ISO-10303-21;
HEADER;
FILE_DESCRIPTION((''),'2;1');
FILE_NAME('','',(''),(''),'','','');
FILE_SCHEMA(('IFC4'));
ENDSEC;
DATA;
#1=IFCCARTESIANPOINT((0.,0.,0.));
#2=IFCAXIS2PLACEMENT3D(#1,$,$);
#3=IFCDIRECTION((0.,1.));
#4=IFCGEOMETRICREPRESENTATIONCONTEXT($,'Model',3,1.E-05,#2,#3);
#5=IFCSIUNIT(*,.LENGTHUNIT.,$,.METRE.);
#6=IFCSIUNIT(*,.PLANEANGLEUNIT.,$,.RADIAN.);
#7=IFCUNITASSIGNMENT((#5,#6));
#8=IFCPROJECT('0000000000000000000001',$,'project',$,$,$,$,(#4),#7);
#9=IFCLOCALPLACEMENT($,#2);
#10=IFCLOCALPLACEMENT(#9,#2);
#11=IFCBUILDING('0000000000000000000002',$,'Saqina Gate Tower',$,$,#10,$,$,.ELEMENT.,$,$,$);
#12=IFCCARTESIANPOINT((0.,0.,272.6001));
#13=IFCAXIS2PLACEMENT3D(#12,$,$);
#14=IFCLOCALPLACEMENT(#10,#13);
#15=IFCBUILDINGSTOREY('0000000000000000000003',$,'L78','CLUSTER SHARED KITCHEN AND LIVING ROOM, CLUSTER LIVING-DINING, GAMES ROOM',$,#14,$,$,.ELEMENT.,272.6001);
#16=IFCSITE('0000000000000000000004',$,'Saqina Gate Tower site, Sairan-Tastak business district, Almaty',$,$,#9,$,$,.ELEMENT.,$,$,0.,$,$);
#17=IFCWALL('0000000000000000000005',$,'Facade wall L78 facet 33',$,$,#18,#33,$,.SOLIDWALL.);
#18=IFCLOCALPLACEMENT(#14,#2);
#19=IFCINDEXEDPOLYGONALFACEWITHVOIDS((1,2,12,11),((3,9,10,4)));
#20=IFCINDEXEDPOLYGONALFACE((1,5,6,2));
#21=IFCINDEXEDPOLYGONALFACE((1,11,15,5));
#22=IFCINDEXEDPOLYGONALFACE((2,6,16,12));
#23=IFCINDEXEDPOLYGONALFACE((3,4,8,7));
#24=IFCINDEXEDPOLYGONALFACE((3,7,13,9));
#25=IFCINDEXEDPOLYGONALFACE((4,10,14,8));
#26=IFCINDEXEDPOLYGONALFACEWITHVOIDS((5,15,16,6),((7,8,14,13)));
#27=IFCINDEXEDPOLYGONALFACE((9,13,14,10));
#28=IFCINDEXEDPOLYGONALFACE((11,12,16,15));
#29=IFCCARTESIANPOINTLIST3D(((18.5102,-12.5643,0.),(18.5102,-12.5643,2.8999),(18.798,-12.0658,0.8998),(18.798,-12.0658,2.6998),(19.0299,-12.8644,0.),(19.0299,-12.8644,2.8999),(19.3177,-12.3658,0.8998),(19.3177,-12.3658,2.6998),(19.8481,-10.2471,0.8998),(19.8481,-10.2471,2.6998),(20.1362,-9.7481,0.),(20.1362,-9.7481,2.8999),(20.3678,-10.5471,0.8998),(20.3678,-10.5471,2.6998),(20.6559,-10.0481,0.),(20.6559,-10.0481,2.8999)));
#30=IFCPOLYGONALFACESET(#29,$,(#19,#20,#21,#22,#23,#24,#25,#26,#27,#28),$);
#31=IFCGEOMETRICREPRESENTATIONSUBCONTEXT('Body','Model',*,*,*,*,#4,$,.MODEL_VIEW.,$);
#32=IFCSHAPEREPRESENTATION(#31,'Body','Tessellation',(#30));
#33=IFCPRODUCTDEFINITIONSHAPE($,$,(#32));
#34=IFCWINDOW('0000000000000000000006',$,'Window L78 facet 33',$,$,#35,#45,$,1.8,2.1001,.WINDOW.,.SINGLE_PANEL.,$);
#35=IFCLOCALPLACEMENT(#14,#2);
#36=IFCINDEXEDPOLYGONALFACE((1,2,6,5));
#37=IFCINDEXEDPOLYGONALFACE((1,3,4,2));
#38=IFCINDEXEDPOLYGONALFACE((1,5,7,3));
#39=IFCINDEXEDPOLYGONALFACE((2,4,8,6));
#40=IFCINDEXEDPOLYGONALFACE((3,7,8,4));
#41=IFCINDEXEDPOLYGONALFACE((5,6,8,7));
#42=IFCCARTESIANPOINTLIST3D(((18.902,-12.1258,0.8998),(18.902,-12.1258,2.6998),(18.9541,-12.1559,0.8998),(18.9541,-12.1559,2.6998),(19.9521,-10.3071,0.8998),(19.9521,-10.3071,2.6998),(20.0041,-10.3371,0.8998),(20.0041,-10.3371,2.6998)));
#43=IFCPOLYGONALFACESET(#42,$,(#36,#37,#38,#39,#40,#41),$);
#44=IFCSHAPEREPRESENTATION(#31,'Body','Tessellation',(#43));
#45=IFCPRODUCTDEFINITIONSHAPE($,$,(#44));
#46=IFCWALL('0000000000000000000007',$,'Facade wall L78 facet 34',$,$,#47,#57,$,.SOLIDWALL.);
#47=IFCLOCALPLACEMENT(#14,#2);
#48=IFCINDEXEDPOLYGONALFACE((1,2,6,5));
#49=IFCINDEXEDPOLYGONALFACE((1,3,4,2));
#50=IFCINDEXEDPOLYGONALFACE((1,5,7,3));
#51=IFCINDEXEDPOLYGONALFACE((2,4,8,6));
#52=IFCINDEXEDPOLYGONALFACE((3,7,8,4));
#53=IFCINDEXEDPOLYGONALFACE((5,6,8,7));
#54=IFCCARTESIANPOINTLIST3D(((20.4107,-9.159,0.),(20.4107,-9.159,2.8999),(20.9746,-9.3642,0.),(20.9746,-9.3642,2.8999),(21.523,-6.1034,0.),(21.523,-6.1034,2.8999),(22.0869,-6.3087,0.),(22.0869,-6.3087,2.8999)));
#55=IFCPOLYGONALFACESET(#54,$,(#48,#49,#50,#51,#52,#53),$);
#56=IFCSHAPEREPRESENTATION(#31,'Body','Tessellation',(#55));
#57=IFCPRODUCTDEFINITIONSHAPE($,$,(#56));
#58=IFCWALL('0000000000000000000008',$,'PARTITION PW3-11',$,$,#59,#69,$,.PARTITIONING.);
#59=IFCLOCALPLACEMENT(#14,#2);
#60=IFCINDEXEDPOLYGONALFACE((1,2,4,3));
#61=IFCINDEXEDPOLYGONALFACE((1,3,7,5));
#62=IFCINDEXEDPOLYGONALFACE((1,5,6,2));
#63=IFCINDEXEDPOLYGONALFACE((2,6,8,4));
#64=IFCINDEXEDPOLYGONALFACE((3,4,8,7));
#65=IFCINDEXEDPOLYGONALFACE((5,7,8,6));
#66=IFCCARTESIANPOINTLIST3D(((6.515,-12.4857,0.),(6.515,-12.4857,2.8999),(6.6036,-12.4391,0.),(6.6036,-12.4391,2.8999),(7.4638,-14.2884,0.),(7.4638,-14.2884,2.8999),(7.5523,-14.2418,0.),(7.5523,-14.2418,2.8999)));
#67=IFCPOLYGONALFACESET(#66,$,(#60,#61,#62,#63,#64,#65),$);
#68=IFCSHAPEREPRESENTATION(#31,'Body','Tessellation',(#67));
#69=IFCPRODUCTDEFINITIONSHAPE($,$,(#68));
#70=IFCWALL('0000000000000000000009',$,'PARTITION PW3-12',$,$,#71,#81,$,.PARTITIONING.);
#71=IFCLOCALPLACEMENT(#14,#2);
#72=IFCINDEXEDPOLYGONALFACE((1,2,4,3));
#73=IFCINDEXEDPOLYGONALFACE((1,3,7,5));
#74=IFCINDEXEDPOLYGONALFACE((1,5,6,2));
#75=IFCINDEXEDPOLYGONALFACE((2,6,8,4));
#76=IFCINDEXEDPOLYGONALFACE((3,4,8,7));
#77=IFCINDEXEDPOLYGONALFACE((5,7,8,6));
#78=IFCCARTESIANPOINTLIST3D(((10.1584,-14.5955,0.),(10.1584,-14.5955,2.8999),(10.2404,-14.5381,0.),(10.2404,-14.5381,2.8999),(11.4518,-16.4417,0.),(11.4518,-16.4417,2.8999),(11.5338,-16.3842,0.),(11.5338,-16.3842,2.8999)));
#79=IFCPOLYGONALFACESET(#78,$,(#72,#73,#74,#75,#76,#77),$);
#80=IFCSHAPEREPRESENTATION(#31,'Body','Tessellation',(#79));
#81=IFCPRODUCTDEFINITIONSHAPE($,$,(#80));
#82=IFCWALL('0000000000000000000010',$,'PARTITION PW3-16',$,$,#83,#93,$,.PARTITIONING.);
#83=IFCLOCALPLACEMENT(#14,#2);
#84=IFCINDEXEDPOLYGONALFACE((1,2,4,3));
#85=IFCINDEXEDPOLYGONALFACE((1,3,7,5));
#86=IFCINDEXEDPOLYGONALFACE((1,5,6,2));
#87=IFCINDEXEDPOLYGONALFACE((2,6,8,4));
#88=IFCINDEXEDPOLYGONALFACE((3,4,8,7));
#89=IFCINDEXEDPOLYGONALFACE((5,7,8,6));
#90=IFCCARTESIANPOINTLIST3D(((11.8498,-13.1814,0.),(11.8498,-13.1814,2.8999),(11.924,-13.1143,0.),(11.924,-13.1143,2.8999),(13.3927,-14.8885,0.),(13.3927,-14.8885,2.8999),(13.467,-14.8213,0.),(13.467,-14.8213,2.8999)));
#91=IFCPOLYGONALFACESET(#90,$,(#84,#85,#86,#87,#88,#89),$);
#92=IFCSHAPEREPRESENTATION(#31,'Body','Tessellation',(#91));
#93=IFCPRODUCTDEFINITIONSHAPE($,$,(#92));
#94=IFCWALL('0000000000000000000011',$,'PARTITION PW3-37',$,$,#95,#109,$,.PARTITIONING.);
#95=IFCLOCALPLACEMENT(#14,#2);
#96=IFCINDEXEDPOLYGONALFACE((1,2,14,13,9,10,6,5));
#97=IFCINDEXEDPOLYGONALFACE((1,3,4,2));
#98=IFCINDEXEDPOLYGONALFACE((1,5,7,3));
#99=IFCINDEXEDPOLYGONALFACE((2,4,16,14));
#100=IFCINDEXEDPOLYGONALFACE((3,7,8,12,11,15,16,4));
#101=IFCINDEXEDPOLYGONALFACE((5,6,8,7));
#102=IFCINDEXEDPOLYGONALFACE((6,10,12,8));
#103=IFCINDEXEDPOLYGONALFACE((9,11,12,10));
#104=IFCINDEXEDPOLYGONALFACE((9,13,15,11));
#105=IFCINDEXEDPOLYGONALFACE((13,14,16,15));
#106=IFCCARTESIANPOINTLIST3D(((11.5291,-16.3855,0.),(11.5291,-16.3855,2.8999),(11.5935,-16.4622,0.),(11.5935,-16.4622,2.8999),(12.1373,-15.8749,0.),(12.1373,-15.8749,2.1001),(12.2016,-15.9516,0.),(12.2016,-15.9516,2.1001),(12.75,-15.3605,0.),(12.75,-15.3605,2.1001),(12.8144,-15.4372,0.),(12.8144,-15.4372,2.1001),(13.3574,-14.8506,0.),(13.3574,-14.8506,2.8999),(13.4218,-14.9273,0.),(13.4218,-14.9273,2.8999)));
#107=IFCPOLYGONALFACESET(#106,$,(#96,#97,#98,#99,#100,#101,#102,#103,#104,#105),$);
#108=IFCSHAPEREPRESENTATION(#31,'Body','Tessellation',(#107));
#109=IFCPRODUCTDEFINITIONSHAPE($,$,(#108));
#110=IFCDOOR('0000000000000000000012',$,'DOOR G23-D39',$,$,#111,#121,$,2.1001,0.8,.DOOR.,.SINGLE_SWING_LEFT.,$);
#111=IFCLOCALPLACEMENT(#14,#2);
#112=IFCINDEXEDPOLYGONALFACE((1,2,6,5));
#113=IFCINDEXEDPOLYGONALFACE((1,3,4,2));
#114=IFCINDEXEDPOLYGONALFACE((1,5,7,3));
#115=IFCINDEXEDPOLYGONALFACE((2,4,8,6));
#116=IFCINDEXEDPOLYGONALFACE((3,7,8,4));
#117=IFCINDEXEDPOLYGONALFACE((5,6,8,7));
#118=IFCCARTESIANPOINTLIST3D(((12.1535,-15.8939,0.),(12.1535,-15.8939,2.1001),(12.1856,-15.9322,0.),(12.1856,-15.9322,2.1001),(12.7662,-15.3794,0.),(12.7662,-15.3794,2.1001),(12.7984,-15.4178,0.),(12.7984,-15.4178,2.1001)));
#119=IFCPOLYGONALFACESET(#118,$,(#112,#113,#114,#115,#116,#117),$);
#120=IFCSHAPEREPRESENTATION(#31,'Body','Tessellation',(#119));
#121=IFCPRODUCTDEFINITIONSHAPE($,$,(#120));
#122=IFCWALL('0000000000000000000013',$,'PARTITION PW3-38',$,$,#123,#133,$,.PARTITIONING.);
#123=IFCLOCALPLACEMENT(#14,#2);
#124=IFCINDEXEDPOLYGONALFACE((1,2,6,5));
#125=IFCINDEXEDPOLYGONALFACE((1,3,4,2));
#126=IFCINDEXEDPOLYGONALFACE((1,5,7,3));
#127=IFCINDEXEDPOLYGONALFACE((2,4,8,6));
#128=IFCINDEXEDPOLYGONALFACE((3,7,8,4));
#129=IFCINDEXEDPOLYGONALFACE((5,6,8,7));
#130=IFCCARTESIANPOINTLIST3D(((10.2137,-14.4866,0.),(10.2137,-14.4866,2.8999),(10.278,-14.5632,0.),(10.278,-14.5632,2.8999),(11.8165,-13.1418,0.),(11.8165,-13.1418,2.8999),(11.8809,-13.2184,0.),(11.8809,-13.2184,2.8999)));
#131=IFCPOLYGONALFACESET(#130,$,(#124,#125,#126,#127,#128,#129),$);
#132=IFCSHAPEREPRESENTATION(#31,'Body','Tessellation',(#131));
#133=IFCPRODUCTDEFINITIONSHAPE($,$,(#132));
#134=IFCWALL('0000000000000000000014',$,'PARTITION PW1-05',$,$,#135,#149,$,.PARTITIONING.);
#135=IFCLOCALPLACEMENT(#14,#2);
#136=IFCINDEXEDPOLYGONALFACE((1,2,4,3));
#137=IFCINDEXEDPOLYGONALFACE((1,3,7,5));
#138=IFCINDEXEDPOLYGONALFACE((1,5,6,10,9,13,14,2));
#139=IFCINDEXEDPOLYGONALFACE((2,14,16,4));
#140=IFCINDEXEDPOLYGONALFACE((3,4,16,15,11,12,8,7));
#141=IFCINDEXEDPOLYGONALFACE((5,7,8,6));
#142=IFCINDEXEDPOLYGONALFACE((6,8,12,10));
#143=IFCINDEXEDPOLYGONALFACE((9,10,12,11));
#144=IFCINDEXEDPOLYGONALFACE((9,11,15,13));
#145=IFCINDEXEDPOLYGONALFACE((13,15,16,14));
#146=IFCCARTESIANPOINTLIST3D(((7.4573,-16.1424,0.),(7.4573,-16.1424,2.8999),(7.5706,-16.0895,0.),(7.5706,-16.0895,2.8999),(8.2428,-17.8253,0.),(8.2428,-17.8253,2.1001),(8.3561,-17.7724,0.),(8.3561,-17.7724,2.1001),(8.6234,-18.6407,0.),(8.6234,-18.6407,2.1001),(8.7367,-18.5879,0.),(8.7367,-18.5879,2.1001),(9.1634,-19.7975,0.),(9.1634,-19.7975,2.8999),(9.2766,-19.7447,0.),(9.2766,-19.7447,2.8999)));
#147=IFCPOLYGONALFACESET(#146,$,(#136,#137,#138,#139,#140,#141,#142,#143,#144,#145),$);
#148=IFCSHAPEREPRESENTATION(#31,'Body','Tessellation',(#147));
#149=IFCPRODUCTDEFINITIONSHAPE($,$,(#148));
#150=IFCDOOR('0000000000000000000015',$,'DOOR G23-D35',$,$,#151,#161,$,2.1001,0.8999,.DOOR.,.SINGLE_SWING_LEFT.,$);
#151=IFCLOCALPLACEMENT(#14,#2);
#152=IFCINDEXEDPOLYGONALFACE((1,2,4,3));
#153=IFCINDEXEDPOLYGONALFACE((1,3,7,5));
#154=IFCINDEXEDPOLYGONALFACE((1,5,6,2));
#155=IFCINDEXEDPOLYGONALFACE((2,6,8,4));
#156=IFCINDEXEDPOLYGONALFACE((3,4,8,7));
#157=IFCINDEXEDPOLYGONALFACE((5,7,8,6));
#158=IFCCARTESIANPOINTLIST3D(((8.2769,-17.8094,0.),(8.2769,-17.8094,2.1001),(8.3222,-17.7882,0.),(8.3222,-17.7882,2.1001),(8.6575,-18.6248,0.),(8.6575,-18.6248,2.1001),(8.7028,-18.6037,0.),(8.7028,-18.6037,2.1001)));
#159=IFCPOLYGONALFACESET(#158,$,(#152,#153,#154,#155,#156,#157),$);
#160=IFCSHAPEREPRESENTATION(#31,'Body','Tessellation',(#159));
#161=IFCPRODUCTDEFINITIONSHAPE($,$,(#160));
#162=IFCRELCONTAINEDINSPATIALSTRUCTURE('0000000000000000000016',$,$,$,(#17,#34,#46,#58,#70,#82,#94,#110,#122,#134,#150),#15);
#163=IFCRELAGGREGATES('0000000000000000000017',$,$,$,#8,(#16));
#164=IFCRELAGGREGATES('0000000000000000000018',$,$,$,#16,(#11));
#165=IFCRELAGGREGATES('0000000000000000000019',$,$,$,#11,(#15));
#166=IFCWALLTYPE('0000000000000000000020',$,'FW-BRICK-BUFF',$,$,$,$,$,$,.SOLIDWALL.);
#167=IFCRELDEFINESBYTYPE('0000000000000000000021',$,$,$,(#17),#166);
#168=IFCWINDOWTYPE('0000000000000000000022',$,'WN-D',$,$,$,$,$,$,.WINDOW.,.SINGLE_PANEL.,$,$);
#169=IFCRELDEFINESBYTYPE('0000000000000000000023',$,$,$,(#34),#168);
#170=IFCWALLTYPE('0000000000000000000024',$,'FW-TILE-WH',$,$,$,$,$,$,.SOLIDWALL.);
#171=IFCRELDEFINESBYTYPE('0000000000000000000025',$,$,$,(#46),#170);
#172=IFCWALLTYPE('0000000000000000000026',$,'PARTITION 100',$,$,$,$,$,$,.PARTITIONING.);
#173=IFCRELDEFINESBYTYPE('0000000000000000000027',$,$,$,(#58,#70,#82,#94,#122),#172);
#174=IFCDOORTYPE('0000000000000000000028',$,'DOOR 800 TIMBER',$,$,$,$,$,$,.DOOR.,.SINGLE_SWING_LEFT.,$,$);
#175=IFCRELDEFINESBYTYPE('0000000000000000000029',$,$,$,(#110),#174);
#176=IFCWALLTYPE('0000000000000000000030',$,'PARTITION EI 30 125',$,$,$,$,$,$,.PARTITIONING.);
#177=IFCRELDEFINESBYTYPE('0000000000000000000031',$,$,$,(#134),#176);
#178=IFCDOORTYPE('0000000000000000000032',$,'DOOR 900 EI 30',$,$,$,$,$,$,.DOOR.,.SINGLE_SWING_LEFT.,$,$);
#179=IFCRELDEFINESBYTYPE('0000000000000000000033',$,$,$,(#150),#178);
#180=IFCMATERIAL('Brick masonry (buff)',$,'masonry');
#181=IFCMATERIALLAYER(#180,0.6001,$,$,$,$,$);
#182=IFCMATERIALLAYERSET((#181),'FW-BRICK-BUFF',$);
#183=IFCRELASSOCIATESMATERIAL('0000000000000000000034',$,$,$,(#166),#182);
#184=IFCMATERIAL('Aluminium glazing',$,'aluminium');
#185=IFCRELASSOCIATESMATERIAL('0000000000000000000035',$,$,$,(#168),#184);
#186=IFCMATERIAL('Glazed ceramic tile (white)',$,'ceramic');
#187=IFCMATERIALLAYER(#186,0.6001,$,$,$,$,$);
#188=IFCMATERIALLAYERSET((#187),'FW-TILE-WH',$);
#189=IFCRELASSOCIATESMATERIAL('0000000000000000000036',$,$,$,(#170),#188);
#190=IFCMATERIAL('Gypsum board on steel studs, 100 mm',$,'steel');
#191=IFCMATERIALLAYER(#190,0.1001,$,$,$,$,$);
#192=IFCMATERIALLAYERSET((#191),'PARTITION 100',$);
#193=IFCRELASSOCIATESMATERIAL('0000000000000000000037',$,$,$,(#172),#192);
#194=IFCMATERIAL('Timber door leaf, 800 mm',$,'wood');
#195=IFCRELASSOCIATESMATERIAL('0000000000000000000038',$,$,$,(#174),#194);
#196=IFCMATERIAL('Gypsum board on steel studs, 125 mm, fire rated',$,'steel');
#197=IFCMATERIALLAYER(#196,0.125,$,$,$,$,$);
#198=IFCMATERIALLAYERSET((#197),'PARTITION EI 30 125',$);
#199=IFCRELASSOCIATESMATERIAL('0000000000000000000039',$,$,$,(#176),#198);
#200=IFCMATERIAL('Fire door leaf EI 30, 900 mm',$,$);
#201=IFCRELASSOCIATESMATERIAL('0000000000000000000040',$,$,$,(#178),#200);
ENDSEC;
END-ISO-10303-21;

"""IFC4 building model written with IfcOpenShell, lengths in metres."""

from ifc_helpers import new_model, si_unit, direction, frame, frame_2d, origin, place, context, subcontext, project, spatial, rectangle, extrude, material, layer, layer_set, type_object, element, fill, save


model = new_model("IFC4")

# Units and contexts
model_context = context("Model", 3, precision=1e-05, world=origin(), true_north=direction((0.0, 1.0)))
body_context = subcontext(model_context, "Body", "Model", "MODEL_VIEW")
ifc_project = project(units=[si_unit("LENGTHUNIT", "METRE"), si_unit("PLANEANGLEUNIT", "RADIAN")], contexts=[model_context])

# Site, building, storey
site_placement = place(None, origin())
site = spatial("IfcSite", under=ifc_project, at=site_placement, Name="Saqina Gate Tower site, Sairan-Tastak business district, Almaty", CompositionType="ELEMENT", RefElevation=0.0)
building_placement = place(site_placement, origin())
building = spatial("IfcBuilding", under=site, at=building_placement, Name="Saqina Gate Tower", CompositionType="ELEMENT")
storey_placement = place(building_placement, frame((0.0, 0.0, 272.6001)))
storey = spatial("IfcBuildingStorey", under=building, at=storey_placement, Name="L78", Description="CLUSTER SHARED KITCHEN AND LIVING ROOM, CLUSTER LIVING-DINING, GAMES ROOM", CompositionType="ELEMENT", Elevation=272.6001)

# Wall, opening, window
ifc_material_1 = material(Name="Brick masonry (buff)", Category="masonry")
ifc_layer_1 = layer(ifc_material_1, 0.6001)
ifc_layer_set_1 = layer_set([ifc_layer_1], Name="FW-BRICK-BUFF")
wall_type_1 = type_object("IfcWallType", Name="FW-BRICK-BUFF", PredefinedType="SOLIDWALL", material=ifc_layer_set_1)
ifc_material_2 = material(Name="Aluminium glazing", Category="aluminium")
window_type = type_object("IfcWindowType", Name="WN-D", PartitioningType="SINGLE_PANEL", PredefinedType="WINDOW", material=ifc_material_2)
wall_1_placement = place(storey_placement, frame((18.77, -12.7144, 0.0), z_axis=(0.0, 0.0, 1.0), x_axis=(0.500015, 0.866017, 0.0)))
wall_1 = element("IfcWall", 1, at=wall_1_placement, inside=storey, type_object=wall_type_1, Name="Facade wall L78 facet 33", PredefinedType="SOLIDWALL", context=body_context, shape_type="SweptSolid", body=[
    extrude(rectangle(XDim=3.252, YDim=0.6001, at=frame_2d((1.626, 0.0))), origin(), (0.0, 0.0, 1.0), 2.8999),
])
opening_1_placement = place(wall_1_placement, frame((0.5757, 0.0, 0.8999)))
opening_1 = element("IfcOpeningElement", 2, at=opening_1_placement, cuts=wall_1, PredefinedType="OPENING", context=body_context, shape_type="SweptSolid", body=[
    extrude(rectangle(XDim=2.1001, YDim=1.8, at=frame_2d((1.05, 0.8999))), frame((0.0, 0.312, 0.0), z_axis=(0.0, -1.0, 0.0), x_axis=(1.0, 0.0, 0.0)), (0.0, 0.0, 1.0), 0.624),
])
window_1_placement = place(opening_1_placement, origin())
window_1 = element("IfcWindow", 3, at=window_1_placement, inside=storey, type_object=window_type, Name="Window L78 facet 33", OverallHeight=1.8, OverallWidth=2.1001, PartitioningType="SINGLE_PANEL", PredefinedType="WINDOW", context=body_context, shape_type="SweptSolid", body=[
    extrude(rectangle(XDim=2.1001, YDim=1.8, at=frame_2d((1.05, 0.8999))), frame((0.0, 0.1799, 0.0), z_axis=(0.0, -1.0, 0.0), x_axis=(1.0, 0.0, 0.0)), (0.0, 0.0, 1.0), 0.0601),
])
fill(opening_1, window_1)

# Walls
ifc_material_3 = material(Name="Glazed ceramic tile (white)", Category="ceramic")
ifc_layer_2 = layer(ifc_material_3, 0.6001)
ifc_layer_set_2 = layer_set([ifc_layer_2], Name="FW-TILE-WH")
wall_type_2 = type_object("IfcWallType", Name="FW-TILE-WH", PredefinedType="SOLIDWALL", material=ifc_layer_set_2)
wall_2_placement = place(storey_placement, frame((20.6926, -9.2617, 0.0), z_axis=(0.0, 0.0, 1.0), x_axis=(0.342057, 0.939679, 0.0)))
element("IfcWall", 4, at=wall_2_placement, inside=storey, type_object=wall_type_2, Name="Facade wall L78 facet 34", PredefinedType="SOLIDWALL", context=body_context, shape_type="SweptSolid", body=[
    extrude(rectangle(XDim=3.2517, YDim=0.6001, at=frame_2d((1.626, 0.0))), origin(), (0.0, 0.0, 1.0), 2.8999),
])
ifc_material_4 = material(Name="Gypsum board on steel studs, 100 mm", Category="steel")
ifc_layer_3 = layer(ifc_material_4, 0.1001)
ifc_layer_set_3 = layer_set([ifc_layer_3], Name="PARTITION 100")
wall_type_3 = type_object("IfcWallType", Name="PARTITION 100", PredefinedType="PARTITIONING", material=ifc_layer_set_3)
wall_3_placement = place(storey_placement, frame((6.5593, -12.4624, 0.0), z_axis=(0.0, 0.0, 1.0), x_axis=(0.465717, -0.884934, 0.0)))
element("IfcWall", 5, at=wall_3_placement, inside=storey, type_object=wall_type_3, Name="PARTITION PW3-11", PredefinedType="PARTITIONING", context=body_context, shape_type="SweptSolid", body=[
    extrude(rectangle(XDim=2.0371, YDim=0.1001, at=frame_2d((1.0186, 0.0))), origin(), (0.0, 0.0, 1.0), 2.8999),
])
wall_4_placement = place(storey_placement, frame((10.1995, -14.5669, 0.0), z_axis=(0.0, 0.0, 1.0), x_axis=(0.573797, -0.818998, 0.0)))
element("IfcWall", 6, at=wall_4_placement, inside=storey, type_object=wall_type_3, Name="PARTITION PW3-12", PredefinedType="PARTITIONING", context=body_context, shape_type="SweptSolid", body=[
    extrude(rectangle(XDim=2.2542, YDim=0.1001, at=frame_2d((1.127, 0.0))), origin(), (0.0, 0.0, 1.0), 2.8999),
])
wall_5_placement = place(storey_placement, frame((11.887, -13.1479, 0.0), z_axis=(0.0, 0.0, 1.0), x_axis=(0.670558, -0.741857, 0.0)))
element("IfcWall", 7, at=wall_5_placement, inside=storey, type_object=wall_type_3, Name="PARTITION PW3-16", PredefinedType="PARTITIONING", context=body_context, shape_type="SweptSolid", body=[
    extrude(rectangle(XDim=2.301, YDim=0.1001, at=frame_2d((1.1504, 0.0))), origin(), (0.0, 0.0, 1.0), 2.8999),
])

# Wall, opening, door
wall_6_placement = place(storey_placement, frame((11.5613, -16.4238, 0.0), z_axis=(0.0, 0.0, 1.0), x_axis=(0.765894, 0.642967, 0.0)))
wall_6 = element("IfcWall", 8, at=wall_6_placement, inside=storey, type_object=wall_type_3, Name="PARTITION PW3-37", PredefinedType="PARTITIONING", context=body_context, shape_type="SweptSolid", body=[
    extrude(rectangle(XDim=2.3872, YDim=0.1001, at=frame_2d((1.1936, 0.0))), origin(), (0.0, 0.0, 1.0), 2.8999),
])
opening_2_placement = place(wall_6_placement, frame((0.7942, 0.0, 0.0)))
opening_2 = element("IfcOpeningElement", 9, at=opening_2_placement, cuts=wall_6, PredefinedType="OPENING", context=body_context, shape_type="SweptSolid", body=[
    extrude(rectangle(XDim=0.8, YDim=2.1001, at=frame_2d((0.3999, 1.05))), frame((0.0, 0.062, 0.0), z_axis=(0.0, -1.0, 0.0), x_axis=(1.0, 0.0, 0.0)), (0.0, 0.0, 1.0), 0.124),
])
ifc_material_5 = material(Name="Timber door leaf, 800 mm", Category="wood")
door_type_1 = type_object("IfcDoorType", Name="DOOR 800 TIMBER", OperationType="SINGLE_SWING_LEFT", PredefinedType="DOOR", material=ifc_material_5)
door_1_placement = place(opening_2_placement, frame((0.8, 0.0, 0.0), z_axis=(0.0, 0.0, 1.0), x_axis=(-1.0, 0.0, 0.0)))
door_1 = element("IfcDoor", 10, at=door_1_placement, inside=storey, type_object=door_type_1, Name="DOOR G23-D39", OperationType="SINGLE_SWING_LEFT", OverallHeight=2.1001, OverallWidth=0.8, PredefinedType="DOOR", context=body_context, shape_type="SweptSolid", body=[
    extrude(rectangle(XDim=0.8, YDim=2.1001, at=frame_2d((0.3999, 1.05))), frame((0.0, 0.0249, 0.0), z_axis=(0.0, -1.0, 0.0), x_axis=(1.0, 0.0, 0.0)), (0.0, 0.0, 1.0), 0.05),
])
fill(opening_2, door_1)

# Wall
wall_7_placement = place(storey_placement, frame((10.2458, -14.5249, 0.0), z_axis=(0.0, 0.0, 1.0), x_axis=(0.766084, 0.64274, 0.0)))
element("IfcWall", 11, at=wall_7_placement, inside=storey, type_object=wall_type_3, Name="PARTITION PW3-38", PredefinedType="PARTITIONING", context=body_context, shape_type="SweptSolid", body=[
    extrude(rectangle(XDim=2.0923, YDim=0.1001, at=frame_2d((1.0461, 0.0))), origin(), (0.0, 0.0, 1.0), 2.8999),
])

# Wall, opening, door
ifc_material_6 = material(Name="Gypsum board on steel studs, 125 mm, fire rated", Category="steel")
ifc_layer_4 = layer(ifc_material_6, 0.125)
ifc_layer_set_4 = layer_set([ifc_layer_4], Name="PARTITION EI 30 125")
wall_type_4 = type_object("IfcWallType", Name="PARTITION EI 30 125", PredefinedType="PARTITIONING", material=ifc_layer_set_4)
wall_8_placement = place(storey_placement, frame((7.5139, -16.116, 0.0), z_axis=(0.0, 0.0, 1.0), x_axis=(0.422962, -0.906148, 0.0)))
wall_8 = element("IfcWall", 12, at=wall_8_placement, inside=storey, type_object=wall_type_4, Name="PARTITION PW1-05", PredefinedType="PARTITIONING", context=body_context, shape_type="SweptSolid", body=[
    extrude(rectangle(XDim=4.0337, YDim=0.125, at=frame_2d((2.0168, 0.0))), origin(), (0.0, 0.0, 1.0), 2.8999),
])
opening_3_placement = place(wall_8_placement, frame((1.8572, 0.0, 0.0)))
opening_3 = element("IfcOpeningElement", 13, at=opening_3_placement, cuts=wall_8, PredefinedType="OPENING", context=body_context, shape_type="SweptSolid", body=[
    extrude(rectangle(XDim=0.8999, YDim=2.1001, at=frame_2d((0.45, 1.05))), frame((0.0, 0.0745, 0.0), z_axis=(0.0, -1.0, 0.0), x_axis=(1.0, 0.0, 0.0)), (0.0, 0.0, 1.0), 0.1489),
])
ifc_material_7 = material(Name="Fire door leaf EI 30, 900 mm")
door_type_2 = type_object("IfcDoorType", Name="DOOR 900 EI 30", OperationType="SINGLE_SWING_LEFT", PredefinedType="DOOR", material=ifc_material_7)
door_2_placement = place(opening_3_placement, frame((0.8999, 0.0, 0.0), z_axis=(0.0, 0.0, 1.0), x_axis=(-1.0, 0.0, 0.0)))
door_2 = element("IfcDoor", 14, at=door_2_placement, inside=storey, type_object=door_type_2, Name="DOOR G23-D35", OperationType="SINGLE_SWING_LEFT", OverallHeight=2.1001, OverallWidth=0.8999, PredefinedType="DOOR", context=body_context, shape_type="SweptSolid", body=[
    extrude(rectangle(XDim=0.8999, YDim=2.1001, at=frame_2d((0.45, 1.05))), frame((0.0, 0.0249, 0.0), z_axis=(0.0, -1.0, 0.0), x_axis=(1.0, 0.0, 0.0)), (0.0, 0.0, 1.0), 0.05),
])
fill(opening_3, door_2)

save(model, "model.ifc")
